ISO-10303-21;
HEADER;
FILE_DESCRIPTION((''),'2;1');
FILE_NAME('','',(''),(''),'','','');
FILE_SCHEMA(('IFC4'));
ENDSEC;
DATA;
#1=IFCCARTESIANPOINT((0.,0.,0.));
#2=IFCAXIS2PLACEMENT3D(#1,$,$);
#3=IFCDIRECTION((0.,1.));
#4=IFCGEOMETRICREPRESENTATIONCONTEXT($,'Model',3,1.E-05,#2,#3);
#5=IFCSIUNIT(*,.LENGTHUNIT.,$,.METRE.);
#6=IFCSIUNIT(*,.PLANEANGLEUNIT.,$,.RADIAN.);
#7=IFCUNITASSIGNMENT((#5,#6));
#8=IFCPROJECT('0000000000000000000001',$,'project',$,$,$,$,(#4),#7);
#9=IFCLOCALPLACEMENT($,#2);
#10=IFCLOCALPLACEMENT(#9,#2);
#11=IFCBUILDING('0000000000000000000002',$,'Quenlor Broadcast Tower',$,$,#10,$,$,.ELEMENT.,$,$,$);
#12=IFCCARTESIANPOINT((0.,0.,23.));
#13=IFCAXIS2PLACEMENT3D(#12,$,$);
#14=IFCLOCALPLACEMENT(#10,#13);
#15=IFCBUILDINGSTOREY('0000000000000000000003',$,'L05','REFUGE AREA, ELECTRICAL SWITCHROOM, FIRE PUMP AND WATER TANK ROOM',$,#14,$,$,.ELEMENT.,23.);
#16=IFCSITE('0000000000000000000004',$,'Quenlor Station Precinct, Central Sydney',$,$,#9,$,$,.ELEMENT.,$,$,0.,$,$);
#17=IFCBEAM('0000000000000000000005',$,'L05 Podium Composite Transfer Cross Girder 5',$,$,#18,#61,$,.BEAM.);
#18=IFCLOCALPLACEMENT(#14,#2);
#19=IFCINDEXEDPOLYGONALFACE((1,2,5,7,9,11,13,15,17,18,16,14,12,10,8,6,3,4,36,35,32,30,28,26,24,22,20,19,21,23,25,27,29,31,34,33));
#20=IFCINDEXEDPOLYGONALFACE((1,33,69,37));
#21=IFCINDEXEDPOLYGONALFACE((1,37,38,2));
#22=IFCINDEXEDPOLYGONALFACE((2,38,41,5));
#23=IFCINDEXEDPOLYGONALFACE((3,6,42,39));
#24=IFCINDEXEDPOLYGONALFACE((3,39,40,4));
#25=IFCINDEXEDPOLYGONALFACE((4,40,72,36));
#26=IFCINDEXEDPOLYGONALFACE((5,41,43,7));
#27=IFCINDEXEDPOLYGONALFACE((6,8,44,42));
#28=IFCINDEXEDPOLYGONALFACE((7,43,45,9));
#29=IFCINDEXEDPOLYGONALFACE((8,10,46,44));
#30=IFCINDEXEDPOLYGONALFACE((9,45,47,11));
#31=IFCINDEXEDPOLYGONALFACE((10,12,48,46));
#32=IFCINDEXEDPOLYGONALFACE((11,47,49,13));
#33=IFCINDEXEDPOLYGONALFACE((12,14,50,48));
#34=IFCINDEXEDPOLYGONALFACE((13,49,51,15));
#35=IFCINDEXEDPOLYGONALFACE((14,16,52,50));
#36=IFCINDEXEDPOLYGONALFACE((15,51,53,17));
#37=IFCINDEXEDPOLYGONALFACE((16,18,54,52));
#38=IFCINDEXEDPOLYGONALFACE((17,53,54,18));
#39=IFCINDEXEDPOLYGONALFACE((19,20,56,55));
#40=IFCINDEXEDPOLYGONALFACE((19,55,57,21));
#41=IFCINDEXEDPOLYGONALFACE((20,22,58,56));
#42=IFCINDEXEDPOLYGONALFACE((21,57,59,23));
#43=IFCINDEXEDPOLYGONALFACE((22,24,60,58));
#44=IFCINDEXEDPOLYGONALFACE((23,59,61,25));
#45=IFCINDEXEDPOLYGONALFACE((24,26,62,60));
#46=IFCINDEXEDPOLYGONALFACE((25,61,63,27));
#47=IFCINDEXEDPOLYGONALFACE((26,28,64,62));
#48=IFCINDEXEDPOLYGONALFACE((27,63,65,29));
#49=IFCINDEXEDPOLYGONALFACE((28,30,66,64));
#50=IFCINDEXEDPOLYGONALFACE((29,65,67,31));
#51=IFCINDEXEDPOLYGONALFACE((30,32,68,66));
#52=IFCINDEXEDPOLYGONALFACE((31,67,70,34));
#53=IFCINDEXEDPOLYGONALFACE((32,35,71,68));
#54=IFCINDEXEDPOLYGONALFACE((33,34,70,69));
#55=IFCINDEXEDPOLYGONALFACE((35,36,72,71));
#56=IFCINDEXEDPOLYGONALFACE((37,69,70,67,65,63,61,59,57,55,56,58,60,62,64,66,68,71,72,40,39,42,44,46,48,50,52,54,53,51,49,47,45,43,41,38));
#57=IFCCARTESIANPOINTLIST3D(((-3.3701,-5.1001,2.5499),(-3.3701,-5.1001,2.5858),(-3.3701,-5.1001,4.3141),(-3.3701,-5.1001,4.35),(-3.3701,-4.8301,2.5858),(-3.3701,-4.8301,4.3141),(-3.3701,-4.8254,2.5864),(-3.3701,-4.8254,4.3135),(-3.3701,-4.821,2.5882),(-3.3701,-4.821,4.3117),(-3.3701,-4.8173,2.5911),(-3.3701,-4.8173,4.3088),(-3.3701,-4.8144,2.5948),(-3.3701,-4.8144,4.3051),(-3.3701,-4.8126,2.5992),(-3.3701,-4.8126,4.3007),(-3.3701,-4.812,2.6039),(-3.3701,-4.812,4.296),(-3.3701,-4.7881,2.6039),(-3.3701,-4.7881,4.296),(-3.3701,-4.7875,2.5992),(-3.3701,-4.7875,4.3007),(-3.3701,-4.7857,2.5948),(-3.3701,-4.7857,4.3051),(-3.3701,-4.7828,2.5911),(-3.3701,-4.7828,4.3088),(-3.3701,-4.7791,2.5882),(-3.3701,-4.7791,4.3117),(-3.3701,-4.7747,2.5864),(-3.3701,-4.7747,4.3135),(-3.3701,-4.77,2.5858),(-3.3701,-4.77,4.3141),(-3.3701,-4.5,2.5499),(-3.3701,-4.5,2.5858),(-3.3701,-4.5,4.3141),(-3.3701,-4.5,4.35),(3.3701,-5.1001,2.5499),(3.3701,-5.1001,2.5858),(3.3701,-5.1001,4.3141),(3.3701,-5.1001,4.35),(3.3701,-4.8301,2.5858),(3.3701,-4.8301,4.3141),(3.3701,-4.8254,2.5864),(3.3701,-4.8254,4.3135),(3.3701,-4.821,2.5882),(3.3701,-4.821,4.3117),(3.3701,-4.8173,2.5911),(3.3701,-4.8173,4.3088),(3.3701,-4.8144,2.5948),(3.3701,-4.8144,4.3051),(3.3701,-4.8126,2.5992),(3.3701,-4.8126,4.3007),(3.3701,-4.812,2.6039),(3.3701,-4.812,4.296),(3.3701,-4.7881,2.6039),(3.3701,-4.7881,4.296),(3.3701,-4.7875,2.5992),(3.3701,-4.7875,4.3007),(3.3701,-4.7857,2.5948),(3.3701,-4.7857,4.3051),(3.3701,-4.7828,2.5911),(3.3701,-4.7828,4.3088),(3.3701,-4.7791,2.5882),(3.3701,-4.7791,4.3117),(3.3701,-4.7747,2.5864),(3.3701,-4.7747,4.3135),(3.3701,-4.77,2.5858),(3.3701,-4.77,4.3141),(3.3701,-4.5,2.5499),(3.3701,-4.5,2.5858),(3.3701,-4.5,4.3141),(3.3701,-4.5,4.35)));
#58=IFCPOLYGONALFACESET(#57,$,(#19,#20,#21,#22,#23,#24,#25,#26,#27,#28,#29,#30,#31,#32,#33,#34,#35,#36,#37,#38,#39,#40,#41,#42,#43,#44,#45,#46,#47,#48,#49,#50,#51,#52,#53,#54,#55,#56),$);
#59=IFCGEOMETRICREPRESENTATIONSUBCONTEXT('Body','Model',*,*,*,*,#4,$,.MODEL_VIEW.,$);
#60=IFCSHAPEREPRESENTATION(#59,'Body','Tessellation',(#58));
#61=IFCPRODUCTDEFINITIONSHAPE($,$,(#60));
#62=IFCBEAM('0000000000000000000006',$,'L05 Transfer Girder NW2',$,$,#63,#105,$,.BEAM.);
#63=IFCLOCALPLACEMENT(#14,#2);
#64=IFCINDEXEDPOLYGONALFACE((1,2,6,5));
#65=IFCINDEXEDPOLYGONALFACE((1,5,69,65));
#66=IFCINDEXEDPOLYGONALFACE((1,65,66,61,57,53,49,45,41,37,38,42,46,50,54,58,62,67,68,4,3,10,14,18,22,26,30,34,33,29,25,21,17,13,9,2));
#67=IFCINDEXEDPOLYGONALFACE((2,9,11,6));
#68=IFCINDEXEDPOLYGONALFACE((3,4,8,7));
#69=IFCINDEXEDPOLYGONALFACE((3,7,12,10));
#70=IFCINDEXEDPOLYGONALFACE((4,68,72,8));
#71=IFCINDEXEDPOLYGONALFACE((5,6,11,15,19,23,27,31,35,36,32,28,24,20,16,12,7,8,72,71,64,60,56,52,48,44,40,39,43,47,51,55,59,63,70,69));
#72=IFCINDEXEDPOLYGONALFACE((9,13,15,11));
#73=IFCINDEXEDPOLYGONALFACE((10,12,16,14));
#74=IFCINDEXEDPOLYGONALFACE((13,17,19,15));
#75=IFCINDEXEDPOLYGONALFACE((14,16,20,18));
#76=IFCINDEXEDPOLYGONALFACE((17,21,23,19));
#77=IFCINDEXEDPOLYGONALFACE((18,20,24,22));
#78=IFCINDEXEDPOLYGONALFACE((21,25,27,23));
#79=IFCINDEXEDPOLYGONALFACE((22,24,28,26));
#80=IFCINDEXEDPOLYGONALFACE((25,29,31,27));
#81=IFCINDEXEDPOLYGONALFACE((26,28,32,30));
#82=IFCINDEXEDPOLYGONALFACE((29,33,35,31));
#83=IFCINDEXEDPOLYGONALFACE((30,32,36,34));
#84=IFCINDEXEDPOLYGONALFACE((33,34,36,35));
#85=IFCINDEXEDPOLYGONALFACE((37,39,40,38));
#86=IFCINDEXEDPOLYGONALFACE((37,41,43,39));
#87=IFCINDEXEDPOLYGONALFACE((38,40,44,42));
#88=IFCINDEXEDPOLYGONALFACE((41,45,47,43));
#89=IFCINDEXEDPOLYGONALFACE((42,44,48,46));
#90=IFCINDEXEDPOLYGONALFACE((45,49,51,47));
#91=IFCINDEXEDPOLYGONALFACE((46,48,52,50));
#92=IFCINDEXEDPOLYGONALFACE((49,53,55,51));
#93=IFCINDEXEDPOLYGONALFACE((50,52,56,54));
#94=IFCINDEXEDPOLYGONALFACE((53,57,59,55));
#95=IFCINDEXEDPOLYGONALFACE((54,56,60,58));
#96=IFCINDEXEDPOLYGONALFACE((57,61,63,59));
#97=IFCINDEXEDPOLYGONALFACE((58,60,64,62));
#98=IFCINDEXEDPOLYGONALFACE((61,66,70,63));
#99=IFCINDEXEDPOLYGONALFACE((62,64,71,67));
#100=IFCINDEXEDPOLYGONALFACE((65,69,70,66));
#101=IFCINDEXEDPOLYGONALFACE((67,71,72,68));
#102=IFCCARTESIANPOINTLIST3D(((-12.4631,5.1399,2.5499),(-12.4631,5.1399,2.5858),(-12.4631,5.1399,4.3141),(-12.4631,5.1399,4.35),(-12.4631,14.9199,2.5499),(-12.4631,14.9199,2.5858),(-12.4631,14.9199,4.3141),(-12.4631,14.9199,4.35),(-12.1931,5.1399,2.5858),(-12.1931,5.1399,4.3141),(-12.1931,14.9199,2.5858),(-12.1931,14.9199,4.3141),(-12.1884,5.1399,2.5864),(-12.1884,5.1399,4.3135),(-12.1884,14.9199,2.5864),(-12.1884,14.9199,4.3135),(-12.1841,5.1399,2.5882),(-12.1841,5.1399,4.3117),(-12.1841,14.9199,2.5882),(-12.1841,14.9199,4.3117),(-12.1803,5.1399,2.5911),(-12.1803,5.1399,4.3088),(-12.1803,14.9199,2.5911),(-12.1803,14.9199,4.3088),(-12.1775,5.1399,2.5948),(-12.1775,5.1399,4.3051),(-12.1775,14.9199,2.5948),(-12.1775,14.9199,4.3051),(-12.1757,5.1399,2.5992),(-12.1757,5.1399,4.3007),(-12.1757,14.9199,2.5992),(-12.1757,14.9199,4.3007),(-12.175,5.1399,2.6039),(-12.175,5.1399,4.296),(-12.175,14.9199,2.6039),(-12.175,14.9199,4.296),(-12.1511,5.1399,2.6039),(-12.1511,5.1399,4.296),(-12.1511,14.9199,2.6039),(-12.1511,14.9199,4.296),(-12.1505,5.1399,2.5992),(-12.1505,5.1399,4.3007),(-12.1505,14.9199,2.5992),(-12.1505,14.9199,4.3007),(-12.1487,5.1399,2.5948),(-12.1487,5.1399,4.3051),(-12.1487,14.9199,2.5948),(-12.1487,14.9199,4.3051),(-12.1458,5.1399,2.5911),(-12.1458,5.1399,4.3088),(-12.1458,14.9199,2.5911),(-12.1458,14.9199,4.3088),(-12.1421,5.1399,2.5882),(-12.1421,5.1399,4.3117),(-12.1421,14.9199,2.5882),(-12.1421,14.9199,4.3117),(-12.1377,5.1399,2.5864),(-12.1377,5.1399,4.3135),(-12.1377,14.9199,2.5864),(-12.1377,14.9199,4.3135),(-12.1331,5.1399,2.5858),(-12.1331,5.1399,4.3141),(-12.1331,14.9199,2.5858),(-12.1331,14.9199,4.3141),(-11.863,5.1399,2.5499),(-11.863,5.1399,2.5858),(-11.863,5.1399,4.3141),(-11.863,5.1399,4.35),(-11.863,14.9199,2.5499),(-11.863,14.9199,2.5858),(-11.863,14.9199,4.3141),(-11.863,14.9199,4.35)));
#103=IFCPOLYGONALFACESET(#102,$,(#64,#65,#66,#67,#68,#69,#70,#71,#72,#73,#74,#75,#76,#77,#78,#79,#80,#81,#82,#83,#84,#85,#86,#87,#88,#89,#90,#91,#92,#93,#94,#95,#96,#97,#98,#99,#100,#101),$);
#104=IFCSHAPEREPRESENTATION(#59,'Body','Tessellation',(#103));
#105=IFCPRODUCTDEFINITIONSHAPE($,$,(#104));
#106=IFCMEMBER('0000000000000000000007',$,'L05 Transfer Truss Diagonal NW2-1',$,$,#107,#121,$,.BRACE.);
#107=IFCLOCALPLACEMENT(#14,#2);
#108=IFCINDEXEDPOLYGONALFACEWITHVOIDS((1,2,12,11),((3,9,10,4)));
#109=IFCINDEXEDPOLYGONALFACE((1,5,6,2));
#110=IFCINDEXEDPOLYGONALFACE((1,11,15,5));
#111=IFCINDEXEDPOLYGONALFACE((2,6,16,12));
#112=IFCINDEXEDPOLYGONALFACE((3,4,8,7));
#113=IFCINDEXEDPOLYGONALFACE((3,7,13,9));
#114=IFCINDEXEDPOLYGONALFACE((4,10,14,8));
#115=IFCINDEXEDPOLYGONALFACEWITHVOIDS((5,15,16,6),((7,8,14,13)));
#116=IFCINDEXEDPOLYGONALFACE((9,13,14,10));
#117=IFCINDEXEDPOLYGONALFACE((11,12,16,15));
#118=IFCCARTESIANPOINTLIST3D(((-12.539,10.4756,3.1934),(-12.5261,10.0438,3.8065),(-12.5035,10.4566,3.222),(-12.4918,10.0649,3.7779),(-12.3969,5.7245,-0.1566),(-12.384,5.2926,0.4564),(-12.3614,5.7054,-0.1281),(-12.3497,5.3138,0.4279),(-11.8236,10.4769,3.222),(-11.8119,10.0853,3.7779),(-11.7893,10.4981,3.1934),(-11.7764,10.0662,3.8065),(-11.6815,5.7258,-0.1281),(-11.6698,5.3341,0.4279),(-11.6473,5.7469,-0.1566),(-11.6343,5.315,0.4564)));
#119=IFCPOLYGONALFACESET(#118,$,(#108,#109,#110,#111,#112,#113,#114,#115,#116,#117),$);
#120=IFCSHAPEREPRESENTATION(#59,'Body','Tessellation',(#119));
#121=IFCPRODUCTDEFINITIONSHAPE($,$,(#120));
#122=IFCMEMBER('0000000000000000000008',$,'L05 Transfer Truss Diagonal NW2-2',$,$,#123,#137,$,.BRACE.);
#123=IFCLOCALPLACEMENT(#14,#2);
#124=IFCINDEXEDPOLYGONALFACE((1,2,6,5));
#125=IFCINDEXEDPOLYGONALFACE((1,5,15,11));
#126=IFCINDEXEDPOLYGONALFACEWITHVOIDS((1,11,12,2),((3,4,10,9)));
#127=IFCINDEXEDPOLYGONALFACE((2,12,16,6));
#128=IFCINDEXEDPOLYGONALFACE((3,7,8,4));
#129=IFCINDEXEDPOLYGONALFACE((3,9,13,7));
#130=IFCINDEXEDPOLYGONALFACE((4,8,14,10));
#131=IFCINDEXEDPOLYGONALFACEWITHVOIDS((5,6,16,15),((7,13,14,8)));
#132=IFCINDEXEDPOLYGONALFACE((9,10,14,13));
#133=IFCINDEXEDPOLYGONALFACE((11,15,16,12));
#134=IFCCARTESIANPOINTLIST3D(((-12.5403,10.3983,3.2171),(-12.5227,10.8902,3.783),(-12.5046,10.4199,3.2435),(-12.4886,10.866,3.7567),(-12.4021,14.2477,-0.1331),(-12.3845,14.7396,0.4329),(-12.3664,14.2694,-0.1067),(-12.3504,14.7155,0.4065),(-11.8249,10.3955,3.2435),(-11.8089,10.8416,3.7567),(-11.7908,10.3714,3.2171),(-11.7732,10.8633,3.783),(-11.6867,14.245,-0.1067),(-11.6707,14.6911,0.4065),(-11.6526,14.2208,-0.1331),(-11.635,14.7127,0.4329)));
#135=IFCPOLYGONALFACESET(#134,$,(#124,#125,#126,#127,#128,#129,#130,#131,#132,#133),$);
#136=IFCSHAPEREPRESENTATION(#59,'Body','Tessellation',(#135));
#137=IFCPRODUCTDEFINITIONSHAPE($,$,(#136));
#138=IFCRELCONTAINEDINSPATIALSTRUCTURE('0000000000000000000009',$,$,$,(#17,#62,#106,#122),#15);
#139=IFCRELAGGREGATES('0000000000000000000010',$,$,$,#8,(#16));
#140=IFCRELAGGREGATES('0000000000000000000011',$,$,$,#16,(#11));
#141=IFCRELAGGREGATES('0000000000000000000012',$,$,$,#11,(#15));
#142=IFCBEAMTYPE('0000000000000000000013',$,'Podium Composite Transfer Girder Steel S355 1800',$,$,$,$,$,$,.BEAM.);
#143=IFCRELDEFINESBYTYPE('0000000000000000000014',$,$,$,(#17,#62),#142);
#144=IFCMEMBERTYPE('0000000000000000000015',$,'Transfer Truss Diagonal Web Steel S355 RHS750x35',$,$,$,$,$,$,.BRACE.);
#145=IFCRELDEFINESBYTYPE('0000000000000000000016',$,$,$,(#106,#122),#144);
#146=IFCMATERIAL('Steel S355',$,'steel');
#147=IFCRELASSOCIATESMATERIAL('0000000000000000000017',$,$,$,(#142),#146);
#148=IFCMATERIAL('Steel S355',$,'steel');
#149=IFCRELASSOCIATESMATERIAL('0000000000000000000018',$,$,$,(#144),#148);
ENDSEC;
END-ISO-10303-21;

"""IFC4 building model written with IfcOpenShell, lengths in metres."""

from ifc_helpers import new_model, si_unit, direction, frame, origin, origin_2d, place, context, subcontext, project, spatial, hollow_rectangle, i_section, extrude, material, material_profile, profile_set, type_object, element, save


model = new_model("IFC4")

# Units and contexts
model_context = context("Model", 3, precision=1e-05, world=origin(), true_north=direction((0.0, 1.0)))
body_context = subcontext(model_context, "Body", "Model", "MODEL_VIEW")
ifc_project = project(units=[si_unit("LENGTHUNIT", "METRE"), si_unit("PLANEANGLEUNIT", "RADIAN")], contexts=[model_context])

# Site, building, storey
site_placement = place(None, origin())
site = spatial("IfcSite", under=ifc_project, at=site_placement, Name="Quenlor Station Precinct, Central Sydney", CompositionType="ELEMENT", RefElevation=0.0)
building_placement = place(site_placement, origin())
building = spatial("IfcBuilding", under=site, at=building_placement, Name="Quenlor Broadcast Tower", CompositionType="ELEMENT")
storey_placement = place(building_placement, frame((0.0, 0.0, 23.0)))
storey = spatial("IfcBuildingStorey", under=building, at=storey_placement, Name="L05", Description="REFUGE AREA, ELECTRICAL SWITCHROOM, FIRE PUMP AND WATER TANK ROOM", CompositionType="ELEMENT", Elevation=23.0)

# Beams
ifc_material_1 = material(Name="Steel S355", Category="steel")
ifc_material_profile_1 = material_profile(ifc_material_1, i_section(OverallWidth=0.6001, OverallDepth=1.8, WebThickness=0.0239, FlangeThickness=0.0359, FilletRadius=0.0181, at=origin_2d()))
ifc_profile_set_1 = profile_set([ifc_material_profile_1], Name="Steel S355 1800TG620")
beam_type = type_object("IfcBeamType", Name="Podium Composite Transfer Girder Steel S355 1800", PredefinedType="BEAM", material=ifc_profile_set_1)
beam_1_placement = place(storey_placement, frame((-3.3701, -4.8, 3.45), z_axis=(1.0, 0.0, 0.0), x_axis=(0.0, 1.0, 0.0)))
element("IfcBeam", 1, at=beam_1_placement, inside=storey, type_object=beam_type, Name="L05 Podium Composite Transfer Cross Girder 5", PredefinedType="BEAM", context=body_context, shape_type="SweptSolid", body=[
    extrude(i_section(OverallWidth=0.6001, OverallDepth=1.8, WebThickness=0.0239, FlangeThickness=0.0359, FilletRadius=0.0181, at=origin_2d()), origin(), (0.0, 0.0, 1.0), 6.7402),
])
beam_2_placement = place(storey_placement, frame((-12.1631, 5.1399, 3.45), z_axis=(0.0, 1.0, 0.0), x_axis=(-1.0, 0.0, 0.0)))
element("IfcBeam", 2, at=beam_2_placement, inside=storey, type_object=beam_type, Name="L05 Transfer Girder NW2", PredefinedType="BEAM", context=body_context, shape_type="SweptSolid", body=[
    extrude(i_section(OverallWidth=0.6001, OverallDepth=1.8, WebThickness=0.0239, FlangeThickness=0.0359, FilletRadius=0.0181, at=origin_2d()), origin(), (0.0, 0.0, 1.0), 9.78),
])

# Members
ifc_material_2 = material(Name="Steel S355", Category="steel")
ifc_material_profile_2 = material_profile(ifc_material_2, hollow_rectangle(XDim=0.75, YDim=0.75, WallThickness=0.0349, at=origin_2d()))
ifc_profile_set_2 = profile_set([ifc_material_profile_2], Name="Steel S355 RHS750x750x35")
member_type = type_object("IfcMemberType", Name="Transfer Truss Diagonal Web Steel S355 RHS750x35", PredefinedType="BRACE", material=ifc_profile_set_2)
member_1_placement = place(storey_placement, frame((-12.0156, 5.5198, 0.1499), z_axis=(-0.024434, 0.817024, 0.576086), x_axis=(-0.999553, -0.029893, 0.0)))
element("IfcMember", 3, at=member_1_placement, inside=storey, type_object=member_type, Name="L05 Transfer Truss Diagonal NW2-1", PredefinedType="BRACE", context=body_context, shape_type="SweptSolid", body=[
    extrude(hollow_rectangle(XDim=0.75, YDim=0.75, WallThickness=0.0349, at=origin_2d()), origin(), (0.0, 0.0, 1.0), 5.8152),
])
member_2_placement = place(storey_placement, frame((-12.0186, 14.4802, 0.1499), z_axis=(-0.027069, -0.754055, 0.656253), x_axis=(0.999356, -0.035875, 0.0)))
element("IfcMember", 4, at=member_2_placement, inside=storey, type_object=member_type, Name="L05 Transfer Truss Diagonal NW2-2", PredefinedType="BRACE", context=body_context, shape_type="SweptSolid", body=[
    extrude(hollow_rectangle(XDim=0.75, YDim=0.75, WallThickness=0.0349, at=origin_2d()), origin(), (0.0, 0.0, 1.0), 5.105),
])

save(model, "model.ifc")
